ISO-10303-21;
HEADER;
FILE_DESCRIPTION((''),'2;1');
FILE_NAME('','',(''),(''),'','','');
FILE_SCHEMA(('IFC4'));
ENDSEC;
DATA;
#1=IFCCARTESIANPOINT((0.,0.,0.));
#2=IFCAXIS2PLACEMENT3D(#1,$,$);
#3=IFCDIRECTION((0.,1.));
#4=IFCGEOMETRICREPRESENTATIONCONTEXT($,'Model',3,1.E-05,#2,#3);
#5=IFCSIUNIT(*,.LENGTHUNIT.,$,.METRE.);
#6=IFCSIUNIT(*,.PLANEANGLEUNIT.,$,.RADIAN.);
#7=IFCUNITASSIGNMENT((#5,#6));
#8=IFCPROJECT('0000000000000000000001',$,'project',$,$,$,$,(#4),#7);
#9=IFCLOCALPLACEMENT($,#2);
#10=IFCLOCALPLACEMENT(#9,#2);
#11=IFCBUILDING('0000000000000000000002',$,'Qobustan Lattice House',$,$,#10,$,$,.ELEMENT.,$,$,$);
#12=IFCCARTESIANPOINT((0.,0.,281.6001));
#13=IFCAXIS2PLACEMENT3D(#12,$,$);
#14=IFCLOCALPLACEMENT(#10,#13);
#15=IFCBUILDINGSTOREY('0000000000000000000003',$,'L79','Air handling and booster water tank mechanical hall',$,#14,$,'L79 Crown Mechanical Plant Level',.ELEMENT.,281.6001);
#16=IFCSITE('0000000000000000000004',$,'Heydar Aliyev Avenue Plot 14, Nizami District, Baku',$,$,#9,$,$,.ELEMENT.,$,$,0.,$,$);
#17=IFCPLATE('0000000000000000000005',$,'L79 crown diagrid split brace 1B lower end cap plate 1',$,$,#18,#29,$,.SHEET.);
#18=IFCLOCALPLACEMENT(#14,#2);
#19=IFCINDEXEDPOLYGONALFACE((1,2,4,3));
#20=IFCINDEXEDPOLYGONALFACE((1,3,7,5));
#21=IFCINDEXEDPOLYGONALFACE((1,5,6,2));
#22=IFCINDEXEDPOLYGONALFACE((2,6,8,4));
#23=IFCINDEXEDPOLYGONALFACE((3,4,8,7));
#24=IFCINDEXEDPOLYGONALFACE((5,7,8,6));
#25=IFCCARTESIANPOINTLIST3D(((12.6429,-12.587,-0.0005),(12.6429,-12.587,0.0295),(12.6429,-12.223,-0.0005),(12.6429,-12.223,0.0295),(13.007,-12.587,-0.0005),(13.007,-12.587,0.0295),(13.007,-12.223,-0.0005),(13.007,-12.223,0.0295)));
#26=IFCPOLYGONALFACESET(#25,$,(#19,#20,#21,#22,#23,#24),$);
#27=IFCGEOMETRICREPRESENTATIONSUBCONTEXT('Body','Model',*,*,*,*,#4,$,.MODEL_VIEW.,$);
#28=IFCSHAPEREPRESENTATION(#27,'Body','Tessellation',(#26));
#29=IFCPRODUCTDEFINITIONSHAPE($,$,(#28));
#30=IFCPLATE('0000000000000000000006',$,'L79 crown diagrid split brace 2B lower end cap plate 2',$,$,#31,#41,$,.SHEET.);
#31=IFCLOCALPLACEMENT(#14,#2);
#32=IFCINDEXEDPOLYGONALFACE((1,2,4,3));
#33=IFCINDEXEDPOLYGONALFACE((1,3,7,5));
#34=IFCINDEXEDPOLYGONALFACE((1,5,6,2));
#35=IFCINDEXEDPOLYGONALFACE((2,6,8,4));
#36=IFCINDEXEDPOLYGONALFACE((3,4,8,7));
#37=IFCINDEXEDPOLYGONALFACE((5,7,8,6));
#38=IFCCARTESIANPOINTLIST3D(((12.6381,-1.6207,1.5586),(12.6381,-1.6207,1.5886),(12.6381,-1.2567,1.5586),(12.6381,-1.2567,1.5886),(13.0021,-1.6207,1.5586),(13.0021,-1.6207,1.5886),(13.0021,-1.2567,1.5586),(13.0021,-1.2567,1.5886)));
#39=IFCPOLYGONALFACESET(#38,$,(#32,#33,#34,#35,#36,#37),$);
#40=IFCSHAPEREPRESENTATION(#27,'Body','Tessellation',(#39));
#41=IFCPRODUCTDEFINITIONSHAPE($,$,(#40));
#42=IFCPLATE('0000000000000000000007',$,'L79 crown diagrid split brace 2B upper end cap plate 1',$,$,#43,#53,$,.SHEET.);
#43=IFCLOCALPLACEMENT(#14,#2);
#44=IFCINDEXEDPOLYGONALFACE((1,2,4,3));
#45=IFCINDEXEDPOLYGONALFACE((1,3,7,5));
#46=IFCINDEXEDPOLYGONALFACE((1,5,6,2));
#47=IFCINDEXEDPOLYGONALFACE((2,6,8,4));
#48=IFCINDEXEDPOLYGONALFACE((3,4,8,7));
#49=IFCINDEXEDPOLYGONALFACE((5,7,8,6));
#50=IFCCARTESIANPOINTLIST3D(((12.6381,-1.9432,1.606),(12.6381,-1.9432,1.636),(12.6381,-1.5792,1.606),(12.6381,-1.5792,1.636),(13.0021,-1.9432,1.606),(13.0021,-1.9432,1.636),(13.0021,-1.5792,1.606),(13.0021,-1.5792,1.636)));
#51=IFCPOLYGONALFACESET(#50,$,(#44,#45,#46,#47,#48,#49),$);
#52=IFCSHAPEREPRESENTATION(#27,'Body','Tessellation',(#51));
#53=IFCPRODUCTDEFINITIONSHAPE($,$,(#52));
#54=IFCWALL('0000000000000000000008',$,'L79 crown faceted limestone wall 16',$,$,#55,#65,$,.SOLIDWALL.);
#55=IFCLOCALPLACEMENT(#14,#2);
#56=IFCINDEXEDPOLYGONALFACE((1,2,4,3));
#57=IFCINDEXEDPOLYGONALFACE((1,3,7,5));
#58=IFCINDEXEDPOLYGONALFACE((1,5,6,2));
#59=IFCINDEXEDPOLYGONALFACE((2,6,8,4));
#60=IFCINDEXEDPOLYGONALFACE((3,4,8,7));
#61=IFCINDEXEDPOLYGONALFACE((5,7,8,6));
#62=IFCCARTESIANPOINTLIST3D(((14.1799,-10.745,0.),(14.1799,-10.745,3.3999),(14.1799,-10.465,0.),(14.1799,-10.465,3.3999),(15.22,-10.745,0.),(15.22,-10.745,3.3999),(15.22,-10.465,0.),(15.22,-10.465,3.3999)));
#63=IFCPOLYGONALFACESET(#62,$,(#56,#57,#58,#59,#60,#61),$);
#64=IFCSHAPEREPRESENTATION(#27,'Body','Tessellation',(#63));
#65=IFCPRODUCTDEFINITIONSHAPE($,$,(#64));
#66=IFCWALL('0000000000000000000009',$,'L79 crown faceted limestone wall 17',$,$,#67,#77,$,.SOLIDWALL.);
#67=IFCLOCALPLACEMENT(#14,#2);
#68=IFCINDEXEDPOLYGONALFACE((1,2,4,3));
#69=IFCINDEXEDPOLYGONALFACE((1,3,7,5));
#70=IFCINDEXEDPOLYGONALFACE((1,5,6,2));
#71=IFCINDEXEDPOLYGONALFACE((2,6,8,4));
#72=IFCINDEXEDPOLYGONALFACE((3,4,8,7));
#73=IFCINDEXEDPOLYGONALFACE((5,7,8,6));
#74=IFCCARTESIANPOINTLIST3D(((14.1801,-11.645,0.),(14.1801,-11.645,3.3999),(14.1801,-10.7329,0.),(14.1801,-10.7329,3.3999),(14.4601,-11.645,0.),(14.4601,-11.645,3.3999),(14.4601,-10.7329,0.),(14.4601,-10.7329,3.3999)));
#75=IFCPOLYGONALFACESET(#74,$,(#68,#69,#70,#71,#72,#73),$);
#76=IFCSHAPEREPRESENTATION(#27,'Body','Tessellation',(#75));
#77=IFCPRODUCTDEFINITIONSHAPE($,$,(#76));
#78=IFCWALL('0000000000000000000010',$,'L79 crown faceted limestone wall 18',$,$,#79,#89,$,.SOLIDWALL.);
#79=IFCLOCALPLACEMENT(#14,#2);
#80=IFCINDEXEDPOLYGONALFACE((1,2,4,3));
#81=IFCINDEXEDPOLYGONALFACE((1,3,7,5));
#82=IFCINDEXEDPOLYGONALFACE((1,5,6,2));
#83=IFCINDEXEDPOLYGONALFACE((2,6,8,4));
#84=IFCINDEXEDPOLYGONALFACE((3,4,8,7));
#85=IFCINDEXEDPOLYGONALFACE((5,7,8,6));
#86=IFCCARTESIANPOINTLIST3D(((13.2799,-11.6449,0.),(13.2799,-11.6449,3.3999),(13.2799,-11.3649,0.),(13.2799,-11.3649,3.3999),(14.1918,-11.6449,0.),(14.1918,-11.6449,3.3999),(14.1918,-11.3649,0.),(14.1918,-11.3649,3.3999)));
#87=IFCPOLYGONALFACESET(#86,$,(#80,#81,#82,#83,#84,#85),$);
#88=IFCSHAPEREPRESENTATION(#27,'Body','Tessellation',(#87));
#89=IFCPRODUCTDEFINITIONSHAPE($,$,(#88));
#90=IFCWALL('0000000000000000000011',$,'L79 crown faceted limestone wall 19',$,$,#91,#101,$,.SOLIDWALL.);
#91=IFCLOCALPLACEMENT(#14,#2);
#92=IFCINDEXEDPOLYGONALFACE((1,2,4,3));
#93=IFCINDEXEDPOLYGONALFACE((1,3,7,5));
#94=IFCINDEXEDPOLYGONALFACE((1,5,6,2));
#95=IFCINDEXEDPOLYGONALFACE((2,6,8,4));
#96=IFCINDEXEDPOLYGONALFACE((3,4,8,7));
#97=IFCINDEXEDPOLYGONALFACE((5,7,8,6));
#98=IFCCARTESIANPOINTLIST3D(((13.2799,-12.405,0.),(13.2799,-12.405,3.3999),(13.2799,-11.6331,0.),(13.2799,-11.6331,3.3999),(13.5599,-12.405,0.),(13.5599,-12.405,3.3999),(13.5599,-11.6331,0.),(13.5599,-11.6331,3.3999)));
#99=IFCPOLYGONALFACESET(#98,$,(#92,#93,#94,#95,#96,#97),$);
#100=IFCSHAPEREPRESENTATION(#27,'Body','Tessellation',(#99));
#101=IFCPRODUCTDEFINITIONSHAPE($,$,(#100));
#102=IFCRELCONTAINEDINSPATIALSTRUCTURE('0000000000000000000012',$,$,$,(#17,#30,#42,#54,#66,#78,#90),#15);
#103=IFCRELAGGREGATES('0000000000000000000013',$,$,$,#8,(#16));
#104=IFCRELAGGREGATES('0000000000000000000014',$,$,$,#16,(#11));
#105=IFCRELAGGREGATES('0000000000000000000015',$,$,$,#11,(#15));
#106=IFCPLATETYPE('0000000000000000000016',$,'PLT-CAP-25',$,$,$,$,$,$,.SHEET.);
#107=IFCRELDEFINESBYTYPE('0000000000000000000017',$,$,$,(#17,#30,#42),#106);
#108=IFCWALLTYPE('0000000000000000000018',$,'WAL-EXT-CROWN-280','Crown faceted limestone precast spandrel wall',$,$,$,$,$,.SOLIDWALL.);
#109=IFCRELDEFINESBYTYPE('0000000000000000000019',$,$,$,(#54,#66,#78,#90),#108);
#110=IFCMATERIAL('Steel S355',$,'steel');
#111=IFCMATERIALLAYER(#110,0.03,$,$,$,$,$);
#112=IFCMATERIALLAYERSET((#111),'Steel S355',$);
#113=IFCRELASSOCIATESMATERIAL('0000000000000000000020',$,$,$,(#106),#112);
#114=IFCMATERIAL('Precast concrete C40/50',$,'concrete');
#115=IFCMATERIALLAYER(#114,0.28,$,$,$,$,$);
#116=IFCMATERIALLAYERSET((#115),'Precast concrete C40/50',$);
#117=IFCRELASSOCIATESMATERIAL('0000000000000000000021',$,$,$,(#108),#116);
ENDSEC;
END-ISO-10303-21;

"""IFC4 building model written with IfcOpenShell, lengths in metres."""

from ifc_helpers import new_model, si_unit, direction, frame, frame_2d, origin, origin_2d, place, context, subcontext, project, spatial, rectangle, extrude, material, layer, layer_set, type_object, element, save


model = new_model("IFC4")

# Units and contexts
model_context = context("Model", 3, precision=1e-05, world=origin(), true_north=direction((0.0, 1.0)))
body_context = subcontext(model_context, "Body", "Model", "MODEL_VIEW")
ifc_project = project(units=[si_unit("LENGTHUNIT", "METRE"), si_unit("PLANEANGLEUNIT", "RADIAN")], contexts=[model_context])

# Site, building, storey
site_placement = place(None, origin())
site = spatial("IfcSite", under=ifc_project, at=site_placement, Name="Heydar Aliyev Avenue Plot 14, Nizami District, Baku", CompositionType="ELEMENT", RefElevation=0.0)
building_placement = place(site_placement, origin())
building = spatial("IfcBuilding", under=site, at=building_placement, Name="Qobustan Lattice House", CompositionType="ELEMENT")
storey_placement = place(building_placement, frame((0.0, 0.0, 281.6001)))
storey = spatial("IfcBuildingStorey", under=building, at=storey_placement, Name="L79", Description="Air handling and booster water tank mechanical hall", LongName="L79 Crown Mechanical Plant Level", CompositionType="ELEMENT", Elevation=281.6001)

# Plates
ifc_material_1 = material(Name="Steel S355", Category="steel")
ifc_layer_1 = layer(ifc_material_1, 0.03)
ifc_layer_set_1 = layer_set([ifc_layer_1], Name="Steel S355")
plate_type_1 = type_object("IfcPlateType", Name="PLT-CAP-25", PredefinedType="SHEET", material=ifc_layer_set_1)
for number, where, z_axis, x_axis, name in (
    (1, (12.825, -12.405, -0.0005), (0.0, 0.0, 1.0), (-1.0, 0.0, 0.0), "L79 crown diagrid split brace 1B lower end cap plate 1"),
    (2, (12.8201, -1.4387, 1.5586), (0.0, 0.0, 1.0), (0.0, -1.0, 0.0), "L79 crown diagrid split brace 2B lower end cap plate 2"),
    (3, (12.8201, -1.7612, 1.606), (0.0, 0.0, 1.0), (0.0, -1.0, 0.0), "L79 crown diagrid split brace 2B upper end cap plate 1"),
):
    element("IfcPlate", number, at=place(storey_placement, frame(where, z_axis=z_axis, x_axis=x_axis)), inside=storey, type_object=plate_type_1, Name=name, PredefinedType="SHEET", context=body_context, shape_type="SweptSolid", body=[
        extrude(rectangle(XDim=0.364, YDim=0.364, at=origin_2d()), origin(), (0.0, 0.0, 1.0), 0.03),
    ])

# Walls
ifc_material_2 = material(Name="Precast concrete C40/50", Category="concrete")
ifc_layer_2 = layer(ifc_material_2, 0.28)
ifc_layer_set_2 = layer_set([ifc_layer_2], Name="Precast concrete C40/50")
wall_type = type_object("IfcWallType", Name="WAL-EXT-CROWN-280", Description="Crown faceted limestone precast spandrel wall", PredefinedType="SOLIDWALL", material=ifc_layer_set_2)
wall_1_placement = place(storey_placement, frame((15.22, -10.605, 0.0), z_axis=(0.0, 0.0, 1.0), x_axis=(-1.0, 0.0, 0.0)))
element("IfcWall", 4, at=wall_1_placement, inside=storey, type_object=wall_type, Name="L79 crown faceted limestone wall 16", PredefinedType="SOLIDWALL", context=body_context, shape_type="SweptSolid", body=[
    extrude(rectangle(XDim=1.04, YDim=0.28, at=frame_2d((0.52, 0.0))), origin(), (0.0, 0.0, 1.0), 3.3999),
])
wall_2_placement = place(storey_placement, frame((14.3201, -10.7329, 0.0), z_axis=(0.0, 0.0, 1.0), x_axis=(0.0, -1.0, 0.0)))
element("IfcWall", 5, at=wall_2_placement, inside=storey, type_object=wall_type, Name="L79 crown faceted limestone wall 17", PredefinedType="SOLIDWALL", context=body_context, shape_type="SweptSolid", body=[
    extrude(rectangle(XDim=0.9121, YDim=0.28, at=frame_2d((0.4561, 0.0))), origin(), (0.0, 0.0, 1.0), 3.3999),
])
wall_3_placement = place(storey_placement, frame((14.1919, -11.5049, 0.0), z_axis=(0.0, 0.0, 1.0), x_axis=(-1.0, 0.0, 0.0)))
element("IfcWall", 6, at=wall_3_placement, inside=storey, type_object=wall_type, Name="L79 crown faceted limestone wall 18", PredefinedType="SOLIDWALL", context=body_context, shape_type="SweptSolid", body=[
    extrude(rectangle(XDim=0.9119, YDim=0.28, at=frame_2d((0.4561, 0.0))), origin(), (0.0, 0.0, 1.0), 3.3999),
])
wall_4_placement = place(storey_placement, frame((13.4199, -11.6331, 0.0), z_axis=(0.0, 0.0, 1.0), x_axis=(0.0, -1.0, 0.0)))
element("IfcWall", 7, at=wall_4_placement, inside=storey, type_object=wall_type, Name="L79 crown faceted limestone wall 19", PredefinedType="SOLIDWALL", context=body_context, shape_type="SweptSolid", body=[
    extrude(rectangle(XDim=0.772, YDim=0.28, at=frame_2d((0.386, 0.0))), origin(), (0.0, 0.0, 1.0), 3.3999),
])

save(model, "model.ifc")
